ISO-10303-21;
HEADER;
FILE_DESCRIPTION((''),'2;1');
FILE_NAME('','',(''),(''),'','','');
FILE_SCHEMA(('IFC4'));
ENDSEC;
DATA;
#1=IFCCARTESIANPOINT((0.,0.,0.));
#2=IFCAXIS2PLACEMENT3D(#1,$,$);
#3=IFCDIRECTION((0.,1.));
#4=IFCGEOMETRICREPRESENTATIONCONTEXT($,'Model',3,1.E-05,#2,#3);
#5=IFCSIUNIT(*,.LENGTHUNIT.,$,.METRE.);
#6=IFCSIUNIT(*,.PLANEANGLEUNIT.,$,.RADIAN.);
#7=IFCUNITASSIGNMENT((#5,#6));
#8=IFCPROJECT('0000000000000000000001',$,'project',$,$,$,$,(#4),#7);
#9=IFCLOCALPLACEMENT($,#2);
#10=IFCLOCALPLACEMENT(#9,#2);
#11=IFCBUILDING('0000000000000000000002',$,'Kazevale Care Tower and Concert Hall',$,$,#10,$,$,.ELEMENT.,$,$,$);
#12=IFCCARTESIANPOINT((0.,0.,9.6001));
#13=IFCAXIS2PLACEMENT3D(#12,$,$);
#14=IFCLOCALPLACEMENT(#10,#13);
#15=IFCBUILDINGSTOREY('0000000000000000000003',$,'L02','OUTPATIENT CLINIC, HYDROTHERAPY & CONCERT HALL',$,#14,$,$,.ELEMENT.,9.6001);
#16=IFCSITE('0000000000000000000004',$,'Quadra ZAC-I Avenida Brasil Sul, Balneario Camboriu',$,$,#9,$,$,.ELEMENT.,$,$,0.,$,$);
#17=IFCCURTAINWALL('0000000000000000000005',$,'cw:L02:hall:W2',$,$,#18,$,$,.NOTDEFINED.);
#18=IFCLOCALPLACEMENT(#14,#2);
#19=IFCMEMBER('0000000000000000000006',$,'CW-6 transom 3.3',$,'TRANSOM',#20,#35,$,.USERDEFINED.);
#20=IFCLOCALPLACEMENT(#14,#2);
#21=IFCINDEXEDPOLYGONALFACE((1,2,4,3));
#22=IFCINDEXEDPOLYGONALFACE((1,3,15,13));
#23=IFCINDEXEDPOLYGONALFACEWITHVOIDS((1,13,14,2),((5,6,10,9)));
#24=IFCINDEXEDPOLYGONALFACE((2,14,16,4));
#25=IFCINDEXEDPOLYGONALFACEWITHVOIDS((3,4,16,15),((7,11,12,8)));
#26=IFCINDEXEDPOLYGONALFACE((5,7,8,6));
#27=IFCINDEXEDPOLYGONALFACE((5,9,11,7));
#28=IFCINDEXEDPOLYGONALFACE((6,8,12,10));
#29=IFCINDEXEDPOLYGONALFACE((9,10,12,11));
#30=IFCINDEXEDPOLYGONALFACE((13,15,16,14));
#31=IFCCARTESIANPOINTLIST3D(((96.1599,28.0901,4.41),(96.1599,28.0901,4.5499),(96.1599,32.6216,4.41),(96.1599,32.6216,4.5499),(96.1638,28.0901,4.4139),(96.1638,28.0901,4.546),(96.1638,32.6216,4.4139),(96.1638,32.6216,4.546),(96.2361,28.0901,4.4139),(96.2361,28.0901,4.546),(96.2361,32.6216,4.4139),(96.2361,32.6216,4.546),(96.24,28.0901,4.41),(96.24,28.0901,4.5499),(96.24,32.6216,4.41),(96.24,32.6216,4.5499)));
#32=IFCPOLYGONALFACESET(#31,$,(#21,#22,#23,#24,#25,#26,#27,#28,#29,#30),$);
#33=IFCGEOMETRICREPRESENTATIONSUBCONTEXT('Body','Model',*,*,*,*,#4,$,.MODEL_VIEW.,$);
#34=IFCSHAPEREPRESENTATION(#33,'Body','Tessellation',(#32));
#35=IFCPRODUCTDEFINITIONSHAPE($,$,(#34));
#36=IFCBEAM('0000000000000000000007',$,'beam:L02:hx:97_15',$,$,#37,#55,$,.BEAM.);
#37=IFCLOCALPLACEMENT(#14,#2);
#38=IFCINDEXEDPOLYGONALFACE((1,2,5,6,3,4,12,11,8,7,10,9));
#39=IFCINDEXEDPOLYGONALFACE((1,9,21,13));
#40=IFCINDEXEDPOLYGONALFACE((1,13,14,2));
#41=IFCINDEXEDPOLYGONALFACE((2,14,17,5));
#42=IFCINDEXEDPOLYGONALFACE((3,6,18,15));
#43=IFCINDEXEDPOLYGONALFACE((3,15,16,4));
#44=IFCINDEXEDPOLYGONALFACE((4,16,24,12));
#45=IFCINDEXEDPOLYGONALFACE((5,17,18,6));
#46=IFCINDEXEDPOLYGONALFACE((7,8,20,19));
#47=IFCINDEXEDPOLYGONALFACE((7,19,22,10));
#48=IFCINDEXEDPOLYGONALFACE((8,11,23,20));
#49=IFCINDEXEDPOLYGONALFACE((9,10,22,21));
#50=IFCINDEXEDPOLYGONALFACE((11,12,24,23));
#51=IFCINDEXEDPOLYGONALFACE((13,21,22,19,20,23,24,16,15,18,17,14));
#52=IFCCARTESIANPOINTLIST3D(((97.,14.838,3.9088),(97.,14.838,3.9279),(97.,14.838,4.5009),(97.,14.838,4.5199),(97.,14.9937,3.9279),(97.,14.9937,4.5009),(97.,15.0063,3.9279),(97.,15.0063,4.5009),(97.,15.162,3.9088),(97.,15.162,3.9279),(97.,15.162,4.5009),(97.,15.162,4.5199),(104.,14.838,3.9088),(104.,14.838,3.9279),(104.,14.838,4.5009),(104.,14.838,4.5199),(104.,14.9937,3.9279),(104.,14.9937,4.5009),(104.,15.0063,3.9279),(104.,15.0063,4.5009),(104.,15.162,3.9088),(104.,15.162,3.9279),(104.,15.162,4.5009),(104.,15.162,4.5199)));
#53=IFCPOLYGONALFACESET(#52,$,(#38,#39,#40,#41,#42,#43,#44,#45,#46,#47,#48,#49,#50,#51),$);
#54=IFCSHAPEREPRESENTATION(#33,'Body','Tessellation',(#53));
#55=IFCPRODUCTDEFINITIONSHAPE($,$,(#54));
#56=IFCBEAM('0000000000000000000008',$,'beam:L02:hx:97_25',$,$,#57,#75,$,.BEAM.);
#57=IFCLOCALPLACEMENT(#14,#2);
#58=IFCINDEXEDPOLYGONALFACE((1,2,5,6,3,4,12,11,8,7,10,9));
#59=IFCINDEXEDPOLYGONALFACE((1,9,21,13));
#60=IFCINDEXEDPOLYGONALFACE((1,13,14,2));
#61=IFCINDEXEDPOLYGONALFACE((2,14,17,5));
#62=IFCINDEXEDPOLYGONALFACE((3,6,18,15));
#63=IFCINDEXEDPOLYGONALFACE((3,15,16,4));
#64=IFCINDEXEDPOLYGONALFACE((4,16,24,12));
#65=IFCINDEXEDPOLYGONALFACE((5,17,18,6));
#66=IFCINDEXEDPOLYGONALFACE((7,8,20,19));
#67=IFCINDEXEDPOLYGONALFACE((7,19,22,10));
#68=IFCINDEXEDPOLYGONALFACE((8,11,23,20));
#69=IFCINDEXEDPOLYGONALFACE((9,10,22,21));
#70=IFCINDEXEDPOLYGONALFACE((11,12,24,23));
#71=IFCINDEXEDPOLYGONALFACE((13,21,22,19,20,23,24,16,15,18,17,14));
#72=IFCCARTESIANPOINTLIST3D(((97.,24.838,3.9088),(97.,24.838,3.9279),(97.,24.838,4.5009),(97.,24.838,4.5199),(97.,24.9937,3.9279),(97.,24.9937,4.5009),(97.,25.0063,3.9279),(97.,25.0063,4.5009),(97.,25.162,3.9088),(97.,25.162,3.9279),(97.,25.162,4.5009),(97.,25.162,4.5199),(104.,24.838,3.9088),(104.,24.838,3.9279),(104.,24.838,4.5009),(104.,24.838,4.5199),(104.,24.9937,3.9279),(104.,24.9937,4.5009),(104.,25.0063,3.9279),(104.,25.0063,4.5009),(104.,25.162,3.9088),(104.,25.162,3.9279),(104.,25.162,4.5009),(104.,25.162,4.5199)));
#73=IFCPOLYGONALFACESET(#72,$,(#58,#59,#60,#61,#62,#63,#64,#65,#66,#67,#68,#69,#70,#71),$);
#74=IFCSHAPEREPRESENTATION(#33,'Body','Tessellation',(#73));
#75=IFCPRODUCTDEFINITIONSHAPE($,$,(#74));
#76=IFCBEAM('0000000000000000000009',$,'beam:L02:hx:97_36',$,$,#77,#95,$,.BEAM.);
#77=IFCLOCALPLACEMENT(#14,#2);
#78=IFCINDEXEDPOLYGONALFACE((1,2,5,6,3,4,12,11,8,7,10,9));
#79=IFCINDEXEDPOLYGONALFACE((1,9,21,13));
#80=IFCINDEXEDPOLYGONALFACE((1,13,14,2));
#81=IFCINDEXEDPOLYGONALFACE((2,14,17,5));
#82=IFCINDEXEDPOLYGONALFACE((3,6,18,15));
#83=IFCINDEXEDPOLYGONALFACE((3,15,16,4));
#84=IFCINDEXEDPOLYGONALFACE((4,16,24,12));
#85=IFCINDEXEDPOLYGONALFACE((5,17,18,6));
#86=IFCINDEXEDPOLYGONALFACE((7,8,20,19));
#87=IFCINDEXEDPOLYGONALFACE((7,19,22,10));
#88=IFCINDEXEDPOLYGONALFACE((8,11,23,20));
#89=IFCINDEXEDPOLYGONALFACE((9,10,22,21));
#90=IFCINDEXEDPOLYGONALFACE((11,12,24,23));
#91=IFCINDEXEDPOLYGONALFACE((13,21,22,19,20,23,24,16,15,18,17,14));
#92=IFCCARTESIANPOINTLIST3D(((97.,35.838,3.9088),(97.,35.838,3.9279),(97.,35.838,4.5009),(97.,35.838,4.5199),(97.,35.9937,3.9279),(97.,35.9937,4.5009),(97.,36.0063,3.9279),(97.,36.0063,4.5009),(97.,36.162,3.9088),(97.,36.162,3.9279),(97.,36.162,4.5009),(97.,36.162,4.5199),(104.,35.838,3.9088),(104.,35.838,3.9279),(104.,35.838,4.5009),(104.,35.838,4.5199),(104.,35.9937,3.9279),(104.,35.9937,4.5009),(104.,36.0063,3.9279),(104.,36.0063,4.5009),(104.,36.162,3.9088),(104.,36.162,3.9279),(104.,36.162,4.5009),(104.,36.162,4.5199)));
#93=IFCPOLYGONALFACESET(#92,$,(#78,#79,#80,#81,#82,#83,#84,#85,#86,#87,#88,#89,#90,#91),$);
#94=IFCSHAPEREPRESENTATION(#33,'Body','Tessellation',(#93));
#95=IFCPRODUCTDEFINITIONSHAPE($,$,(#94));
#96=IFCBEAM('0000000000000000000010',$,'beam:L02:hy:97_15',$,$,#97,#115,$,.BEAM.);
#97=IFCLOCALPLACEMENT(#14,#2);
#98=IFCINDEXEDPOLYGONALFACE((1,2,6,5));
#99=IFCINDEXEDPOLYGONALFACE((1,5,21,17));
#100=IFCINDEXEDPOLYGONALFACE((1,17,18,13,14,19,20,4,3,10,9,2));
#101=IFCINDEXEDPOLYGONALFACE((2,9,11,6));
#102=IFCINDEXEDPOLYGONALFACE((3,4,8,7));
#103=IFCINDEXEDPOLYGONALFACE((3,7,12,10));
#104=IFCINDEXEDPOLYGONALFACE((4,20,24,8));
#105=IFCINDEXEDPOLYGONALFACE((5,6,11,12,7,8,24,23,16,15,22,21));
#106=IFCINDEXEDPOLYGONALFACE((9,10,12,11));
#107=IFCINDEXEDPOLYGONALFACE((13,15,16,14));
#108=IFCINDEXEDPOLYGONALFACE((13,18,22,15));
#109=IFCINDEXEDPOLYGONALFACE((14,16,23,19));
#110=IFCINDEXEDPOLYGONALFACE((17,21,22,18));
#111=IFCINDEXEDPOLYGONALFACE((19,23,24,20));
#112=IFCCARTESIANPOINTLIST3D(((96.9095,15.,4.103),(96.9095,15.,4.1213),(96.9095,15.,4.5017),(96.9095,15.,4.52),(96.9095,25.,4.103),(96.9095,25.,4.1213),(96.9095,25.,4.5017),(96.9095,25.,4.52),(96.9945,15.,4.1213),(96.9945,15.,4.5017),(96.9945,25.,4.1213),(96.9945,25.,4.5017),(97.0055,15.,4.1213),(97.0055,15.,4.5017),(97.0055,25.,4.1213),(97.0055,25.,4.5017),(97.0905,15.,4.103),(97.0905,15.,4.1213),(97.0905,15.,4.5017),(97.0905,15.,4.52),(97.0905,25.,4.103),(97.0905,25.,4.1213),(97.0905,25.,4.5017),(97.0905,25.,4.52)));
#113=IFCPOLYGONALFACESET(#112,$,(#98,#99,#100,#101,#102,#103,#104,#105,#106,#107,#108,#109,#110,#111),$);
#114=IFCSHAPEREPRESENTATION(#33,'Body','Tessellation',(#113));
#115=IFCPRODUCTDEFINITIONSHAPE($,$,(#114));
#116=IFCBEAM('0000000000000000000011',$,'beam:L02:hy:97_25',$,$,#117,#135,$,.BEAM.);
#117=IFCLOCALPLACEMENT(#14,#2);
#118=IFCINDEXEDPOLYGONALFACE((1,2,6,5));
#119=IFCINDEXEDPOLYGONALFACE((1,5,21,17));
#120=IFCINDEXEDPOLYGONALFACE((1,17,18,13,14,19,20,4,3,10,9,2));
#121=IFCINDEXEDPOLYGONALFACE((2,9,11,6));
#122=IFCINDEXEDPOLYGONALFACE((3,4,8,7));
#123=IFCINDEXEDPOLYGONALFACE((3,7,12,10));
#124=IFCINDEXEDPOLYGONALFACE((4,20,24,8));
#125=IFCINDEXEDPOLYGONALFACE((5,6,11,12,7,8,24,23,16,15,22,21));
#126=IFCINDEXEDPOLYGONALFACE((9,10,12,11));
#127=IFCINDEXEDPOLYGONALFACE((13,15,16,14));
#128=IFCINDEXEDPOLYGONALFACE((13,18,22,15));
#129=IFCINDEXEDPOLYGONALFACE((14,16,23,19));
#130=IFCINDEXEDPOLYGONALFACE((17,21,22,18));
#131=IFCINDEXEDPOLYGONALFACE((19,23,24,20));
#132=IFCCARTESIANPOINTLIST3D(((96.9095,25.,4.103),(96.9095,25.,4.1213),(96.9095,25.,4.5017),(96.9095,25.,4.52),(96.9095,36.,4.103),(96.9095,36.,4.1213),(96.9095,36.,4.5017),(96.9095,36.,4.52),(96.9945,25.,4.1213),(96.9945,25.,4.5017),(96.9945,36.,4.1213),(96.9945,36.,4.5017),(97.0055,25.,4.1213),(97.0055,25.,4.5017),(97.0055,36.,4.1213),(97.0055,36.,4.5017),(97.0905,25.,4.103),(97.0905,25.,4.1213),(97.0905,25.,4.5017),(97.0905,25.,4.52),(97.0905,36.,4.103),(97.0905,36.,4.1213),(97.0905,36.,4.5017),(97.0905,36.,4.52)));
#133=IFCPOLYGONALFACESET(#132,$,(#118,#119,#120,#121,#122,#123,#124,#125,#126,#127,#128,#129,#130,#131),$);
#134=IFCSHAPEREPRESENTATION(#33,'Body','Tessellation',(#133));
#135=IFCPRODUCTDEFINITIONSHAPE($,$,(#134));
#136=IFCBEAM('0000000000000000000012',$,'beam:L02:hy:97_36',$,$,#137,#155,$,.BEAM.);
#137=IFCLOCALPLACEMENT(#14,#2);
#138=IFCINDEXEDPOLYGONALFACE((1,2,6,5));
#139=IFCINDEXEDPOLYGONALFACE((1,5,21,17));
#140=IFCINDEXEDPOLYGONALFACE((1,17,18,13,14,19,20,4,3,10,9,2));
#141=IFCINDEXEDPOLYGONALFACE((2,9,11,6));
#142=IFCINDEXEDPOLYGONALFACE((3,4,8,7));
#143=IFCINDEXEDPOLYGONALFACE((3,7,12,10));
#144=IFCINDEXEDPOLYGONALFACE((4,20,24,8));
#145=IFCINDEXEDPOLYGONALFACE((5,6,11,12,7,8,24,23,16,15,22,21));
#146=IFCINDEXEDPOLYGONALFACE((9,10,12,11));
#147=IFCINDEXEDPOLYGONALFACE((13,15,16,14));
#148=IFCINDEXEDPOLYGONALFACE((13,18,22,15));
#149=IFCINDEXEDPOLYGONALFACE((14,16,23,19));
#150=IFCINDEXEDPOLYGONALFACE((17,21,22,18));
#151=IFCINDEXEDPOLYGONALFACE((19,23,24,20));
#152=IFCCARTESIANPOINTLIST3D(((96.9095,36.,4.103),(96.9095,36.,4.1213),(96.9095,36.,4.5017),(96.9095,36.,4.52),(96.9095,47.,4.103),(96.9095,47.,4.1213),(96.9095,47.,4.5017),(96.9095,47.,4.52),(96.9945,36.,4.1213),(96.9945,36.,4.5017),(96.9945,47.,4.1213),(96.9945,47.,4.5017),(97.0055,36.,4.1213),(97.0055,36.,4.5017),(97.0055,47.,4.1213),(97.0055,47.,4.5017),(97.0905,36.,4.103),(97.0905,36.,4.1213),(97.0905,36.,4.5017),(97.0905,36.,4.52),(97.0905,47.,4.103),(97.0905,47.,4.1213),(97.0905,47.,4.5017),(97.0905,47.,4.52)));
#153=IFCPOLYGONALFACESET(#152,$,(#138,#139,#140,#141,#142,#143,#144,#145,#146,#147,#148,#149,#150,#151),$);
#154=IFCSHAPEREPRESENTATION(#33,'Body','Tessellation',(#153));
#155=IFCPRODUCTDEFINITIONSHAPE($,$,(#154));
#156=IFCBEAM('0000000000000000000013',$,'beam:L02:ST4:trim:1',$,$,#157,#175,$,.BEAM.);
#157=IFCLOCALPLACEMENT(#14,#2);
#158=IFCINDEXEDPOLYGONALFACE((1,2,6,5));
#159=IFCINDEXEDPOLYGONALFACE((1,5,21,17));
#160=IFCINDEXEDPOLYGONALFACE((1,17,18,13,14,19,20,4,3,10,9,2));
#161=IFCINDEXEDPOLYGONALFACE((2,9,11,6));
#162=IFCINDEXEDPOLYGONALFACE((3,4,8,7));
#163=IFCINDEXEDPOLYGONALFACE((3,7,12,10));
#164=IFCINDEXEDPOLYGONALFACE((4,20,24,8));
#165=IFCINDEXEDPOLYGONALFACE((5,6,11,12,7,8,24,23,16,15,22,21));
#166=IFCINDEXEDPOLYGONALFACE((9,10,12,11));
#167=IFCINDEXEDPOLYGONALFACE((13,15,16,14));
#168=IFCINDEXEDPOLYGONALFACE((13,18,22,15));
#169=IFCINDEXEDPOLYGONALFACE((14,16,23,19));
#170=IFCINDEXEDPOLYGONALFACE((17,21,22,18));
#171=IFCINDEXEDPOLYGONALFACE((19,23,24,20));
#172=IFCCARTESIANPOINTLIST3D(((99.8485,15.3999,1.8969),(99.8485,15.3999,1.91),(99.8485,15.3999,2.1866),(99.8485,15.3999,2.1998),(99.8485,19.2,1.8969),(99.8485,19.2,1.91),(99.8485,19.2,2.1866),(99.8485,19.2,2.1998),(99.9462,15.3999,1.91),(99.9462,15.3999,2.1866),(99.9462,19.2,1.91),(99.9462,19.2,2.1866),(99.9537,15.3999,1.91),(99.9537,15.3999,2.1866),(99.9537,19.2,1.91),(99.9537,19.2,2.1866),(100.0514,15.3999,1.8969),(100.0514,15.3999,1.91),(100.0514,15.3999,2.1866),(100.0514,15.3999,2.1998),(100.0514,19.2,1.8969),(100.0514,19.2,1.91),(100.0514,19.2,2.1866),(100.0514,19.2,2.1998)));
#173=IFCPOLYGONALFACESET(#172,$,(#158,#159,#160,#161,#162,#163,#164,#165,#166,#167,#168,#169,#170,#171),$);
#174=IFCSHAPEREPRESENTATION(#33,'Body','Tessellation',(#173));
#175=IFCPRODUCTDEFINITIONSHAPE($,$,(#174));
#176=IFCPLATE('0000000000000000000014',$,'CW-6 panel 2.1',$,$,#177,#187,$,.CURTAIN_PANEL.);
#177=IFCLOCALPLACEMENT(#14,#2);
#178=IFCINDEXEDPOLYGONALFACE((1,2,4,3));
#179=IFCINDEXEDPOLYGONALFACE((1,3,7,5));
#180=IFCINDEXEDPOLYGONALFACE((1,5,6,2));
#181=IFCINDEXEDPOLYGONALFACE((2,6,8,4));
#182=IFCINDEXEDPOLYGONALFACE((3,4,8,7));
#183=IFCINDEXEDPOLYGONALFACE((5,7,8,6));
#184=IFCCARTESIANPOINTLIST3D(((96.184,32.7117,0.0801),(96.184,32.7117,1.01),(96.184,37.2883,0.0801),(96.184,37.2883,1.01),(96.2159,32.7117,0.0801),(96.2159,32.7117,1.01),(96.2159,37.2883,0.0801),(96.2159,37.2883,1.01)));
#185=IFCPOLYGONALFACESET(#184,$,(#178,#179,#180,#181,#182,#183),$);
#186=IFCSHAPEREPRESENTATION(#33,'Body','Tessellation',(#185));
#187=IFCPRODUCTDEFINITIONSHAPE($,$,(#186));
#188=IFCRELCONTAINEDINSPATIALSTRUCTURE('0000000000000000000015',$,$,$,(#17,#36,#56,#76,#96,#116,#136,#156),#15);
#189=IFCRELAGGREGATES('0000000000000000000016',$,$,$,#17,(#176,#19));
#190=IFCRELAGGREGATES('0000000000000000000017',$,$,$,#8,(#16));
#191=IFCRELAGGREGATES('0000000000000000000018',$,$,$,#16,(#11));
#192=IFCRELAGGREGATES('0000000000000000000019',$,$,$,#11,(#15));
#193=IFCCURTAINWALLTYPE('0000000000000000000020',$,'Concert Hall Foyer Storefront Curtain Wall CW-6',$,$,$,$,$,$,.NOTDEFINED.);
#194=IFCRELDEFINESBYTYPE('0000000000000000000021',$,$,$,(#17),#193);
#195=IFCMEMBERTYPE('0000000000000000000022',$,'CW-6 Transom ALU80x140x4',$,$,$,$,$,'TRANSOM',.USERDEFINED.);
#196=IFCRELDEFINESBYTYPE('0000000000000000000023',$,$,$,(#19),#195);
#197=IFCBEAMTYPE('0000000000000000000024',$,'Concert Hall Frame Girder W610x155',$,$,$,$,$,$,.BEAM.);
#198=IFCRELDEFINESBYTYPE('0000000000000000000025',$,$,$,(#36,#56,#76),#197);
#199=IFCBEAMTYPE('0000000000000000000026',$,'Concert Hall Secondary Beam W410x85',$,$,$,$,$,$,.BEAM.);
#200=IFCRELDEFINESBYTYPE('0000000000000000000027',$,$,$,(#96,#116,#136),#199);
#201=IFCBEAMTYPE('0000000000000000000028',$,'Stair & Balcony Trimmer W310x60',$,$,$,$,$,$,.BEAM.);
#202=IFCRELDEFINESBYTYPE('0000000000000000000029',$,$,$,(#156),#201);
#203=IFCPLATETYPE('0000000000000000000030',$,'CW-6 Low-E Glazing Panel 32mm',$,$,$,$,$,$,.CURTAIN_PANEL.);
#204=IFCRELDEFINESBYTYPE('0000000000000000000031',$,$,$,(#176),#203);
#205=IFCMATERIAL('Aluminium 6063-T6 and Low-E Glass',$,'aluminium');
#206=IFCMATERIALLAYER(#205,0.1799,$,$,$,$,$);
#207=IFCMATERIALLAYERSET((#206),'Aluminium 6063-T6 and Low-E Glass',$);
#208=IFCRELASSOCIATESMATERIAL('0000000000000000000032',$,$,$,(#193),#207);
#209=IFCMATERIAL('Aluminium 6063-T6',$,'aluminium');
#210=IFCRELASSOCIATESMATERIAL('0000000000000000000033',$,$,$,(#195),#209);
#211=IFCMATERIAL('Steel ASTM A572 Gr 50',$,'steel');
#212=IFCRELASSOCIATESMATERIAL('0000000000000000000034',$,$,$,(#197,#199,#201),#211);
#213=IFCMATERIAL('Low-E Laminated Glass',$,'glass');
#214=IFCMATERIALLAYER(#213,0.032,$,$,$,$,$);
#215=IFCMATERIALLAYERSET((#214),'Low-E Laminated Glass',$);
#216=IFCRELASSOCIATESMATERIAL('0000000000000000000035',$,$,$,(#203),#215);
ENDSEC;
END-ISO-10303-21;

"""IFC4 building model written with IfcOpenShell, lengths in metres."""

from ifc_helpers import new_model, si_unit, direction, frame, origin, origin_2d, place, context, subcontext, project, spatial, rectangle, hollow_rectangle, i_section, extrude, material, layer, layer_set, material_profile, profile_set, type_object, element, aggregate, save


model = new_model("IFC4")

# Units and contexts
model_context = context("Model", 3, precision=1e-05, world=origin(), true_north=direction((0.0, 1.0)))
body_context = subcontext(model_context, "Body", "Model", "MODEL_VIEW")
ifc_project = project(units=[si_unit("LENGTHUNIT", "METRE"), si_unit("PLANEANGLEUNIT", "RADIAN")], contexts=[model_context])

# Site, building, storey
site_placement = place(None, origin())
site = spatial("IfcSite", under=ifc_project, at=site_placement, Name="Quadra ZAC-I Avenida Brasil Sul, Balneario Camboriu", CompositionType="ELEMENT", RefElevation=0.0)
building_placement = place(site_placement, origin())
building = spatial("IfcBuilding", under=site, at=building_placement, Name="Kazevale Care Tower and Concert Hall", CompositionType="ELEMENT")
storey_placement = place(building_placement, frame((0.0, 0.0, 9.6001)))
storey = spatial("IfcBuildingStorey", under=building, at=storey_placement, Name="L02", Description="OUTPATIENT CLINIC, HYDROTHERAPY & CONCERT HALL", CompositionType="ELEMENT", Elevation=9.6001)

# Curtain wall, member
ifc_material_1 = material(Name="Aluminium 6063-T6 and Low-E Glass", Category="aluminium")
ifc_layer_1 = layer(ifc_material_1, 0.1799)
ifc_layer_set_1 = layer_set([ifc_layer_1], Name="Aluminium 6063-T6 and Low-E Glass")
curtain_wall_type = type_object("IfcCurtainWallType", Name="Concert Hall Foyer Storefront Curtain Wall CW-6", PredefinedType="NOTDEFINED", material=ifc_layer_set_1)
curtain_wall_placement = place(storey_placement, origin())
curtain_wall = element("IfcCurtainWall", 1, at=curtain_wall_placement, inside=storey, type_object=curtain_wall_type, Name="cw:L02:hall:W2", PredefinedType="NOTDEFINED")
ifc_material_2 = material(Name="Aluminium 6063-T6", Category="aluminium")
ifc_material_profile_1 = material_profile(ifc_material_2, hollow_rectangle(XDim=0.0801, YDim=0.1399, WallThickness=0.0039, at=origin_2d()), Name="ALU80x140x4")
ifc_profile_set_1 = profile_set([ifc_material_profile_1], Name="Aluminium 6063-T6")
member_type_1 = type_object("IfcMemberType", Name="CW-6 Transom ALU80x140x4", ElementType="TRANSOM", PredefinedType="USERDEFINED", material=ifc_profile_set_1)
member_1_placement = place(storey_placement, frame((96.2, 32.6216, 4.48), z_axis=(0.0, -1.0, 0.0), x_axis=(1.0, 0.0, 0.0)))
member_1 = element("IfcMember", 2, at=member_1_placement, type_object=member_type_1, Name="CW-6 transom 3.3", ObjectType="TRANSOM", PredefinedType="USERDEFINED", context=body_context, shape_type="SweptSolid", body=[
    extrude(hollow_rectangle(XDim=0.0801, YDim=0.1399, WallThickness=0.0039, at=origin_2d()), origin(), (0.0, 0.0, 1.0), 4.5315),
])

# Beams
ifc_material_3 = material(Name="Steel ASTM A572 Gr 50", Category="steel")
ifc_material_profile_2 = material_profile(ifc_material_3, i_section(OverallWidth=0.324, OverallDepth=0.6111, WebThickness=0.0127, FlangeThickness=0.019, at=origin_2d()), Name="W610x155")
ifc_profile_set_2 = profile_set([ifc_material_profile_2], Name="Steel ASTM A572 Gr 50")
beam_type_1 = type_object("IfcBeamType", Name="Concert Hall Frame Girder W610x155", PredefinedType="BEAM", material=ifc_profile_set_2)
for number, where, z_axis, x_axis, name in (
    (3, (97.0, 15.0, 4.2144), (1.0, 0.0, 0.0), (0.0, 1.0, 0.0), "beam:L02:hx:97_15"),
    (4, (97.0, 25.0, 4.2144), (1.0, 0.0, 0.0), (0.0, 1.0, 0.0), "beam:L02:hx:97_25"),
    (5, (97.0, 36.0, 4.2144), (1.0, 0.0, 0.0), (0.0, 1.0, 0.0), "beam:L02:hx:97_36"),
):
    element("IfcBeam", number, at=place(storey_placement, frame(where, z_axis=z_axis, x_axis=x_axis)), inside=storey, type_object=beam_type_1, Name=name, PredefinedType="BEAM", context=body_context, shape_type="SweptSolid", body=[
        extrude(i_section(OverallWidth=0.324, OverallDepth=0.6111, WebThickness=0.0127, FlangeThickness=0.019, at=origin_2d()), origin(), (0.0, 0.0, 1.0), 7.0),
    ])
ifc_material_profile_3 = material_profile(ifc_material_3, i_section(OverallWidth=0.1809, OverallDepth=0.417, WebThickness=0.011, FlangeThickness=0.0183, at=origin_2d()), Name="W410x85")
ifc_profile_set_3 = profile_set([ifc_material_profile_3], Name="Steel ASTM A572 Gr 50")
beam_type_2 = type_object("IfcBeamType", Name="Concert Hall Secondary Beam W410x85", PredefinedType="BEAM", material=ifc_profile_set_3)
beam_1_placement = place(storey_placement, frame((97.0, 15.0, 4.3115), z_axis=(0.0, 1.0, 0.0), x_axis=(-1.0, 0.0, 0.0)))
element("IfcBeam", 6, at=beam_1_placement, inside=storey, type_object=beam_type_2, Name="beam:L02:hy:97_15", PredefinedType="BEAM", context=body_context, shape_type="SweptSolid", body=[
    extrude(i_section(OverallWidth=0.1809, OverallDepth=0.417, WebThickness=0.011, FlangeThickness=0.0183, at=origin_2d()), origin(), (0.0, 0.0, 1.0), 10.0),
])
for number, where, z_axis, x_axis, name in (
    (7, (97.0, 25.0, 4.3115), (0.0, 1.0, 0.0), (-1.0, 0.0, 0.0), "beam:L02:hy:97_25"),
    (8, (97.0, 36.0, 4.3115), (0.0, 1.0, 0.0), (-1.0, 0.0, 0.0), "beam:L02:hy:97_36"),
):
    element("IfcBeam", number, at=place(storey_placement, frame(where, z_axis=z_axis, x_axis=x_axis)), inside=storey, type_object=beam_type_2, Name=name, PredefinedType="BEAM", context=body_context, shape_type="SweptSolid", body=[
        extrude(i_section(OverallWidth=0.1809, OverallDepth=0.417, WebThickness=0.011, FlangeThickness=0.0183, at=origin_2d()), origin(), (0.0, 0.0, 1.0), 11.0),
    ])
ifc_material_profile_4 = material_profile(ifc_material_3, i_section(OverallWidth=0.2029, OverallDepth=0.303, WebThickness=0.0076, FlangeThickness=0.0132, at=origin_2d()), Name="W310x60")
ifc_profile_set_4 = profile_set([ifc_material_profile_4], Name="Steel ASTM A572 Gr 50")
beam_type_3 = type_object("IfcBeamType", Name="Stair & Balcony Trimmer W310x60", PredefinedType="BEAM", material=ifc_profile_set_4)
beam_2_placement = place(storey_placement, frame((99.95, 15.3999, 2.0483), z_axis=(0.0, 1.0, 0.0), x_axis=(-1.0, 0.0, 0.0)))
element("IfcBeam", 9, at=beam_2_placement, inside=storey, type_object=beam_type_3, Name="beam:L02:ST4:trim:1", PredefinedType="BEAM", context=body_context, shape_type="SweptSolid", body=[
    extrude(i_section(OverallWidth=0.2029, OverallDepth=0.303, WebThickness=0.0076, FlangeThickness=0.0132, at=origin_2d()), origin(), (0.0, 0.0, 1.0), 3.8),
])

# Plate
ifc_material_4 = material(Name="Low-E Laminated Glass", Category="glass")
ifc_layer_2 = layer(ifc_material_4, 0.032)
ifc_layer_set_2 = layer_set([ifc_layer_2], Name="Low-E Laminated Glass")
plate_type = type_object("IfcPlateType", Name="CW-6 Low-E Glazing Panel 32mm", PredefinedType="CURTAIN_PANEL", material=ifc_layer_set_2)
plate_1_placement = place(storey_placement, frame((96.2, 35.0, 0.0801), z_axis=(0.0, 0.0, 1.0), x_axis=(0.0, -1.0, 0.0)))
plate_1 = element("IfcPlate", 10, at=plate_1_placement, type_object=plate_type, Name="CW-6 panel 2.1", PredefinedType="CURTAIN_PANEL", context=body_context, shape_type="SweptSolid", body=[
    extrude(rectangle(XDim=4.5767, YDim=0.032, at=origin_2d()), origin(), (0.0, 0.0, 1.0), 0.9299),
])
aggregate(curtain_wall, [plate_1, member_1])

save(model, "model.ifc")
